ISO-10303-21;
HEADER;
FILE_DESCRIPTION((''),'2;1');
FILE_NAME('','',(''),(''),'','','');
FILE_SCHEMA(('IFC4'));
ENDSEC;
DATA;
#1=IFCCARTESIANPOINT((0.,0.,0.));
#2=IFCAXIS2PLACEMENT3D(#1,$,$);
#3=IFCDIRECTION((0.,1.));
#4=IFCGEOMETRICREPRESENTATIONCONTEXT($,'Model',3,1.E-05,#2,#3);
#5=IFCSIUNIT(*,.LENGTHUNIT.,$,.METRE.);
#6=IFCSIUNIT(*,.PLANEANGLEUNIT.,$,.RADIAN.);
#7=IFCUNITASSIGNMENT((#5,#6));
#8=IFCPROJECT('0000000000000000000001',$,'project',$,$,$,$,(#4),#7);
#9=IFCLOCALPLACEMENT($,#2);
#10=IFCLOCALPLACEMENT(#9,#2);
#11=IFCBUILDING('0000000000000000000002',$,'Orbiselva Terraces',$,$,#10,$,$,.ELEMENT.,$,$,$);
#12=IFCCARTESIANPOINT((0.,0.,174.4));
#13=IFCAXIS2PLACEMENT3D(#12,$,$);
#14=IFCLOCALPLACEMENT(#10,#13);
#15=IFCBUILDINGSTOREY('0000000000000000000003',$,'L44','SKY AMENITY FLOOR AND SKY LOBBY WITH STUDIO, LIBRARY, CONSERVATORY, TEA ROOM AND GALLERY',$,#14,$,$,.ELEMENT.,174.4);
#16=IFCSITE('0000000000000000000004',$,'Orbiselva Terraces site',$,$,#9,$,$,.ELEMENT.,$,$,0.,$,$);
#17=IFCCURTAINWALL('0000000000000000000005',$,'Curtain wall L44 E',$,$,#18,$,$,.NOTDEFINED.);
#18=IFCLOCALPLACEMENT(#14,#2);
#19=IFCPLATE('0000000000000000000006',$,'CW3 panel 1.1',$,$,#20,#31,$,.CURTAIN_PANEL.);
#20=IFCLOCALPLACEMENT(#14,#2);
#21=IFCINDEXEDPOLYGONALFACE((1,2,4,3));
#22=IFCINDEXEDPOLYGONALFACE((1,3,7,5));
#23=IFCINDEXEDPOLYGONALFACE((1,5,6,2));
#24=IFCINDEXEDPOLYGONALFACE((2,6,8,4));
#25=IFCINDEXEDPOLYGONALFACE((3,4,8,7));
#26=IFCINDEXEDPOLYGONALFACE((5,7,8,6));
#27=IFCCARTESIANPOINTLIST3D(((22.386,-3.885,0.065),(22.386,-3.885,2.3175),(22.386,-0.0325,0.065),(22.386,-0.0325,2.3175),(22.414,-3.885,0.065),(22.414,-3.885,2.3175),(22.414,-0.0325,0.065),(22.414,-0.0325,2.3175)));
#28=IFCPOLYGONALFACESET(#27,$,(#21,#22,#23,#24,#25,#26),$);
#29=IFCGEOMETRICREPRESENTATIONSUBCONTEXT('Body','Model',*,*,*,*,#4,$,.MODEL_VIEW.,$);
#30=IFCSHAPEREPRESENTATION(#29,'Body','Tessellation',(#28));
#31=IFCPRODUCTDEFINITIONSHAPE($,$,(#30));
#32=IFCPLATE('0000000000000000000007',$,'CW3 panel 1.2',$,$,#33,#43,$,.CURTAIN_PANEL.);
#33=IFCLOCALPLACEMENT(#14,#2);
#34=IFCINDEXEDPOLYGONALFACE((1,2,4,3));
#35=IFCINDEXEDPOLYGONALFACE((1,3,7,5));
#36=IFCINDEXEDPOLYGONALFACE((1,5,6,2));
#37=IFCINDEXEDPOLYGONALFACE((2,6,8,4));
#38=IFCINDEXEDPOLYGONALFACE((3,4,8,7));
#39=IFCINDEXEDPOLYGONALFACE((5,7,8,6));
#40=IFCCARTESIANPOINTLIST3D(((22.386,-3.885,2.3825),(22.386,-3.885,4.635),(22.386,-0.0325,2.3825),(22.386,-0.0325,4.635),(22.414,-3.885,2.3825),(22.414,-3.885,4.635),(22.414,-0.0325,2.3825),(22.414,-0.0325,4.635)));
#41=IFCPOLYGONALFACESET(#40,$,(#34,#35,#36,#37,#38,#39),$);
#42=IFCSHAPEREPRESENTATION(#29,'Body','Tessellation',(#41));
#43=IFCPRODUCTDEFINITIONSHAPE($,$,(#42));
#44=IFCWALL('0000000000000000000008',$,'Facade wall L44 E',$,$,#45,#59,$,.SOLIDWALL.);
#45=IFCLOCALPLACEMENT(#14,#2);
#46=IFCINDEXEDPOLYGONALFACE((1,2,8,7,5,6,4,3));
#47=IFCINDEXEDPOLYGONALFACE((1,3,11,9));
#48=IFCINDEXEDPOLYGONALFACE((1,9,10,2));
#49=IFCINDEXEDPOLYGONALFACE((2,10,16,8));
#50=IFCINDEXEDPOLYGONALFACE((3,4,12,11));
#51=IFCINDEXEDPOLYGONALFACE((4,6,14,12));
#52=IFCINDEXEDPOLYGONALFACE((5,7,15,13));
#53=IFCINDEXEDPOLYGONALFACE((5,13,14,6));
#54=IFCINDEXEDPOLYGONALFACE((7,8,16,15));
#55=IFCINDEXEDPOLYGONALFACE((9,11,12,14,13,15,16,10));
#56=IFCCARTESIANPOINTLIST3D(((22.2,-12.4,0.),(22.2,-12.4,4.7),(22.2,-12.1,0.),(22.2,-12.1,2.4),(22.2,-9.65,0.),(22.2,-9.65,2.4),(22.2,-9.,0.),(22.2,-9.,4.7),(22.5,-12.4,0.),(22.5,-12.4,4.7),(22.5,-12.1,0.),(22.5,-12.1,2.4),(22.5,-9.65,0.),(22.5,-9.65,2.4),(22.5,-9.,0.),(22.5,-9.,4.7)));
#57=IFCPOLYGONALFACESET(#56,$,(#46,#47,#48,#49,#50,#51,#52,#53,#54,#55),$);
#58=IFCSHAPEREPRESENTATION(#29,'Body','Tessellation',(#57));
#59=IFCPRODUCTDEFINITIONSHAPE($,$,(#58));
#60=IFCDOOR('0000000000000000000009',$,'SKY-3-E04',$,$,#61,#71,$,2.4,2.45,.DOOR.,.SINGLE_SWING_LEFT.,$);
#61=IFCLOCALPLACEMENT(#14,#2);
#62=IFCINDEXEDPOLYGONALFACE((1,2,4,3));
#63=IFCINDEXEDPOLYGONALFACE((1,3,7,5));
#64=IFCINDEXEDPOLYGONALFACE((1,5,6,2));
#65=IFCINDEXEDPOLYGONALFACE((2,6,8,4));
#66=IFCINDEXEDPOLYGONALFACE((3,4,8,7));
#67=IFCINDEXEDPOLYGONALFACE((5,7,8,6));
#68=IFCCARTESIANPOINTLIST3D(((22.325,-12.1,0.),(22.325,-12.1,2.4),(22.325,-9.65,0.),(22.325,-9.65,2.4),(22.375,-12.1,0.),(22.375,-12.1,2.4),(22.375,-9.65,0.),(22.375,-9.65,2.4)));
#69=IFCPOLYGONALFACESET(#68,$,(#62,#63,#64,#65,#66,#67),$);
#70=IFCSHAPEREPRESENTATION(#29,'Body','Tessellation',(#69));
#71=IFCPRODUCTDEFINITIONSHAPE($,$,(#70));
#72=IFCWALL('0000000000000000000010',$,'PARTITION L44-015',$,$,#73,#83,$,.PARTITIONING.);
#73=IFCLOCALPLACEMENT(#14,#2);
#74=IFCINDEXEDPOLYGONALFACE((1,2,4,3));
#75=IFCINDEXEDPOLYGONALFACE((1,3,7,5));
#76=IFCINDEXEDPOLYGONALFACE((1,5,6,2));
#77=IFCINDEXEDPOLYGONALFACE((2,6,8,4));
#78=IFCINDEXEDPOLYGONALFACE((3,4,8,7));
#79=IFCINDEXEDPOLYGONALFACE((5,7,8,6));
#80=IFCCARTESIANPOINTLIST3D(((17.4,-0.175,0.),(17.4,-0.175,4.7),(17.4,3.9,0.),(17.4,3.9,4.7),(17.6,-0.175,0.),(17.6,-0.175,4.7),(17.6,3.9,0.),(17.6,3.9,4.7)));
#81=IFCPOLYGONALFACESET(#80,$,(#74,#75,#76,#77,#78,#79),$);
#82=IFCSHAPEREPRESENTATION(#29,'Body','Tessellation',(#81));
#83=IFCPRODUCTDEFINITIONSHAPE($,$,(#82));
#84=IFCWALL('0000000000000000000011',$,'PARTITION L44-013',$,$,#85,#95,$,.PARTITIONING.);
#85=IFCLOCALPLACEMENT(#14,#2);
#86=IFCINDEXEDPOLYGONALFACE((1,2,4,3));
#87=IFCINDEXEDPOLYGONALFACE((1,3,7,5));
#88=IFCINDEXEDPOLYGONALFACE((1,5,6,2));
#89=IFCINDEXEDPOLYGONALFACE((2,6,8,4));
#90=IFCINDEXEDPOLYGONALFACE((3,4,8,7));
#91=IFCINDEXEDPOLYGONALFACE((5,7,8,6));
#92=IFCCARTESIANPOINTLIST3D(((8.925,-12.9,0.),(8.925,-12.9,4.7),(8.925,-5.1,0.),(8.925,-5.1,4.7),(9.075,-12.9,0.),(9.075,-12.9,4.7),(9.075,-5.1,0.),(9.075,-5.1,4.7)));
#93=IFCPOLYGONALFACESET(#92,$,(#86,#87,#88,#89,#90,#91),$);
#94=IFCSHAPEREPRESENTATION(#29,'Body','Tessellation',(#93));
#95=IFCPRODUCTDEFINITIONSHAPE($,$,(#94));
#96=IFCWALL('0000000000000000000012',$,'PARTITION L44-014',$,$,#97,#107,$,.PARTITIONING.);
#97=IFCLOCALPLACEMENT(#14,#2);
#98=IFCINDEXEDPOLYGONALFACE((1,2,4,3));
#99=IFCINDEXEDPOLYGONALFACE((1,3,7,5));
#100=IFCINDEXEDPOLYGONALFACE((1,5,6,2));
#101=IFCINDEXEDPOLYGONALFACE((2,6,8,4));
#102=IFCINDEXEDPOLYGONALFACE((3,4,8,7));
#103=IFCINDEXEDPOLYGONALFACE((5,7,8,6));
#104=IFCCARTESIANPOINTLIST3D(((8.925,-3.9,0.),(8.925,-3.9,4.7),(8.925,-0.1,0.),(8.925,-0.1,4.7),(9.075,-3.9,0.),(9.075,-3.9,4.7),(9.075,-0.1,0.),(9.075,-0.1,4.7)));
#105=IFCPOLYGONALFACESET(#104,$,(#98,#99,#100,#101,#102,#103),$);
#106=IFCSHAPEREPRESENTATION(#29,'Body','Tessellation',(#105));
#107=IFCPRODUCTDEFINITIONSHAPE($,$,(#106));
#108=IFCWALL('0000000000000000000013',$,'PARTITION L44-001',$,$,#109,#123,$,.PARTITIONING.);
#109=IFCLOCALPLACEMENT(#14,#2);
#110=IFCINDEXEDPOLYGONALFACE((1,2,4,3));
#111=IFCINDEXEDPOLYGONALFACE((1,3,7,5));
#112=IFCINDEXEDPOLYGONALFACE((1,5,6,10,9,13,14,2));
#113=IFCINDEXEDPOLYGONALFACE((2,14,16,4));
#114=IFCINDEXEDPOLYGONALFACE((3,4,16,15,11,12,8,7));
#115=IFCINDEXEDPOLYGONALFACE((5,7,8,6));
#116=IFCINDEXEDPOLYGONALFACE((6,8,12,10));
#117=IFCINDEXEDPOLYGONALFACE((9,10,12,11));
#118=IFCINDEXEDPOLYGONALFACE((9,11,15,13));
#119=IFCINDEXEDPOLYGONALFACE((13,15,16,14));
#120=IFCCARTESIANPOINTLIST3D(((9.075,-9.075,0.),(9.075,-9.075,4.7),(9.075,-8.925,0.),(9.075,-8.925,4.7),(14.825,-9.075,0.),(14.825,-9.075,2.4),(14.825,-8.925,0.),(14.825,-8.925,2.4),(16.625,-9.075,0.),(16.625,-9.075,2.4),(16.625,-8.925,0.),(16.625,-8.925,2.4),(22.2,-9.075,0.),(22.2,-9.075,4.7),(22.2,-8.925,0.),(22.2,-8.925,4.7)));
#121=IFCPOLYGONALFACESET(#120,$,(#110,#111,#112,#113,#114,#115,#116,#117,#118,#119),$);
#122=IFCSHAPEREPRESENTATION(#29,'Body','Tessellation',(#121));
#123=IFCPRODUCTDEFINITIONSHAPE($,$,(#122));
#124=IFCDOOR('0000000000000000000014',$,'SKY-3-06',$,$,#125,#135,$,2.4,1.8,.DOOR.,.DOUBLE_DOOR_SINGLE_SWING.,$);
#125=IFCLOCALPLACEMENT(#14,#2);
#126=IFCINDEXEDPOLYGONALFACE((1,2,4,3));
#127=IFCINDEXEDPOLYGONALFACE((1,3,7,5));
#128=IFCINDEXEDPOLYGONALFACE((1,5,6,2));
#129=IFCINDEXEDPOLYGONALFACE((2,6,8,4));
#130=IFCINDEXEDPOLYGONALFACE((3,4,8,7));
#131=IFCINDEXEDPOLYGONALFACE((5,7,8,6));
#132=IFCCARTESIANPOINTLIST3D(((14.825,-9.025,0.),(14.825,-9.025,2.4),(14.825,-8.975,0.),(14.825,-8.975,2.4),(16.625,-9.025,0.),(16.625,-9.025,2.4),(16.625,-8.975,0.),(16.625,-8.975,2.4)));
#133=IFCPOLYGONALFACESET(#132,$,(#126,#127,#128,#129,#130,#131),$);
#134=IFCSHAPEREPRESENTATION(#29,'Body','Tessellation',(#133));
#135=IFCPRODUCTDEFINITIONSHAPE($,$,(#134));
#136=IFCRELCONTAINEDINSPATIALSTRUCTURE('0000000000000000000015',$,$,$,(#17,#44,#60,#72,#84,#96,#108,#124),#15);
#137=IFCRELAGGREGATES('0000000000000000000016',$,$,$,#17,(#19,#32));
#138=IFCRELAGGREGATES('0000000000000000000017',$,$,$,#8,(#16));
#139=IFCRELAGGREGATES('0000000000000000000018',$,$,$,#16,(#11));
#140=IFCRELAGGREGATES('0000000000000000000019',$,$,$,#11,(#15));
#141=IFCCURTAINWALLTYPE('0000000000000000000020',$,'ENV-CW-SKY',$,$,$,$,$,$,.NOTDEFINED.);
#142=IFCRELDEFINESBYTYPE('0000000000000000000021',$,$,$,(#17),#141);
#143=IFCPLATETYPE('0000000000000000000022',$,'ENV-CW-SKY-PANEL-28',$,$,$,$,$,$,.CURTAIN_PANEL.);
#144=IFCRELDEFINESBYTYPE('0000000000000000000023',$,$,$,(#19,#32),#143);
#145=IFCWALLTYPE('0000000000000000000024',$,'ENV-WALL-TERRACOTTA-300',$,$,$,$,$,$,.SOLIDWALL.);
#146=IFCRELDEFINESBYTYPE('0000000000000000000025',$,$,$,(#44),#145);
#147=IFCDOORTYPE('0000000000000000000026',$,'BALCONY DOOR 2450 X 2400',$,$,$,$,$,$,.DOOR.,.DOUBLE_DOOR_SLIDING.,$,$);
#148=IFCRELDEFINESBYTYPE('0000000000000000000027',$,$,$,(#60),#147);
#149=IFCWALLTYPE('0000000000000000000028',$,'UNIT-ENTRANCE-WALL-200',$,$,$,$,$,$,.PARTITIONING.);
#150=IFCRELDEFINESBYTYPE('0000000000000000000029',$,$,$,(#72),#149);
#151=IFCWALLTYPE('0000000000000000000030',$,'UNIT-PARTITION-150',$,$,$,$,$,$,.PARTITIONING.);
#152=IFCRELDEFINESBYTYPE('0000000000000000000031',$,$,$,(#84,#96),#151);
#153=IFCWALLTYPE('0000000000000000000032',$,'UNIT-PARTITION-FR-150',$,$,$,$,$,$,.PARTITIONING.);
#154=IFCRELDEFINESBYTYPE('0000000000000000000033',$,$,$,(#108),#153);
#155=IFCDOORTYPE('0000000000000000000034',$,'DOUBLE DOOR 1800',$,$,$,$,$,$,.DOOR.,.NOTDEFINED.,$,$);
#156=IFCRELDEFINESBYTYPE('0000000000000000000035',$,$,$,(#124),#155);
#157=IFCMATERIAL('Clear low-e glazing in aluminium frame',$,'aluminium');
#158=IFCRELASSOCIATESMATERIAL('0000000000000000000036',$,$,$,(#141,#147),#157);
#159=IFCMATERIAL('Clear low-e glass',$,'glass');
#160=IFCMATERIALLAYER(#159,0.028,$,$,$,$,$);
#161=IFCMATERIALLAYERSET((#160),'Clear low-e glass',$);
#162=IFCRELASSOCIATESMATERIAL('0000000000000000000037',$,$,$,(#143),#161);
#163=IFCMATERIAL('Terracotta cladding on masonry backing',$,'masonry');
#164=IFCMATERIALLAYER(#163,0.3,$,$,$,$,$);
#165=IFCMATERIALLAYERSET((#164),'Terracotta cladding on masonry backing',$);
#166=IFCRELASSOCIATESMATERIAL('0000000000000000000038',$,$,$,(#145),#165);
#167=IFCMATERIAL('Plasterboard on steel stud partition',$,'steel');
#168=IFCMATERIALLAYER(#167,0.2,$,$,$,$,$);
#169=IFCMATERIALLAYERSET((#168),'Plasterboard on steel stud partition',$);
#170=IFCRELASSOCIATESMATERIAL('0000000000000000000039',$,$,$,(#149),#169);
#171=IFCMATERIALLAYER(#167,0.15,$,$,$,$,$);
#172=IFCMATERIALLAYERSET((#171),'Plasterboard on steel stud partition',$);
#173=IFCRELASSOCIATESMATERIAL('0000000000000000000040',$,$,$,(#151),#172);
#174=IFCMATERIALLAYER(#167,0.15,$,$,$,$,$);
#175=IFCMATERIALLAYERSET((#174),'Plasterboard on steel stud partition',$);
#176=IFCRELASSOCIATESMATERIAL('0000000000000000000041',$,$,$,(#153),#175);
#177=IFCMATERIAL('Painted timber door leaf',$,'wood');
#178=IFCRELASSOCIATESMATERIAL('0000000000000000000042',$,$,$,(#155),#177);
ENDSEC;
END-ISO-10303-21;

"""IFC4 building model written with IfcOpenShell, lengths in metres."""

from ifc_helpers import new_model, si_unit, direction, frame, frame_2d, origin, origin_2d, place, context, subcontext, project, spatial, rectangle, extrude, material, layer, layer_set, type_object, element, fill, aggregate, save


model = new_model("IFC4")

# Units and contexts
model_context = context("Model", 3, precision=1e-05, world=origin(), true_north=direction((0.0, 1.0)))
body_context = subcontext(model_context, "Body", "Model", "MODEL_VIEW")
ifc_project = project(units=[si_unit("LENGTHUNIT", "METRE"), si_unit("PLANEANGLEUNIT", "RADIAN")], contexts=[model_context])

# Site, building, storey
site_placement = place(None, origin())
site = spatial("IfcSite", under=ifc_project, at=site_placement, Name="Orbiselva Terraces site", CompositionType="ELEMENT", RefElevation=0.0)
building_placement = place(site_placement, origin())
building = spatial("IfcBuilding", under=site, at=building_placement, Name="Orbiselva Terraces", CompositionType="ELEMENT")
storey_placement = place(building_placement, frame((0.0, 0.0, 174.4)))
storey = spatial("IfcBuildingStorey", under=building, at=storey_placement, Name="L44", Description="SKY AMENITY FLOOR AND SKY LOBBY WITH STUDIO, LIBRARY, CONSERVATORY, TEA ROOM AND GALLERY", CompositionType="ELEMENT", Elevation=174.4)

# Shared definitions
ifc_material_1 = material(Name="Clear low-e glazing in aluminium frame", Category="aluminium")
curtain_wall_type = type_object("IfcCurtainWallType", Name="ENV-CW-SKY", PredefinedType="NOTDEFINED", material=ifc_material_1)

# Curtain wall
curtain_wall_1_placement = place(storey_placement, origin())
curtain_wall_1 = element("IfcCurtainWall", 1, at=curtain_wall_1_placement, inside=storey, type_object=curtain_wall_type, Name="Curtain wall L44 E", PredefinedType="NOTDEFINED")

# Plates
ifc_material_2 = material(Name="Clear low-e glass", Category="glass")
ifc_layer_1 = layer(ifc_material_2, 0.028)
ifc_layer_set_1 = layer_set([ifc_layer_1], Name="Clear low-e glass")
plate_type = type_object("IfcPlateType", Name="ENV-CW-SKY-PANEL-28", PredefinedType="CURTAIN_PANEL", material=ifc_layer_set_1)
plate_1_placement = place(storey_placement, frame((22.4, -1.9587, 0.065), z_axis=(0.0, 0.0, 1.0), x_axis=(0.0, 1.0, 0.0)))
plate_1 = element("IfcPlate", 2, at=plate_1_placement, type_object=plate_type, Name="CW3 panel 1.1", PredefinedType="CURTAIN_PANEL", context=body_context, shape_type="SweptSolid", body=[
    extrude(rectangle(XDim=3.8525, YDim=0.028, at=origin_2d()), origin(), (0.0, 0.0, 1.0), 2.2525),
])
plate_2_placement = place(storey_placement, frame((22.4, -1.9587, 2.3825), z_axis=(0.0, 0.0, 1.0), x_axis=(0.0, 1.0, 0.0)))
plate_2 = element("IfcPlate", 3, at=plate_2_placement, type_object=plate_type, Name="CW3 panel 1.2", PredefinedType="CURTAIN_PANEL", context=body_context, shape_type="SweptSolid", body=[
    extrude(rectangle(XDim=3.8525, YDim=0.028, at=origin_2d()), origin(), (0.0, 0.0, 1.0), 2.2525),
])
aggregate(curtain_wall_1, [plate_1, plate_2])

# Wall, opening, door
ifc_material_3 = material(Name="Terracotta cladding on masonry backing", Category="masonry")
ifc_layer_2 = layer(ifc_material_3, 0.3)
ifc_layer_set_2 = layer_set([ifc_layer_2], Name="Terracotta cladding on masonry backing")
wall_type_1 = type_object("IfcWallType", Name="ENV-WALL-TERRACOTTA-300", PredefinedType="SOLIDWALL", material=ifc_layer_set_2)
wall_1_placement = place(storey_placement, frame((22.35, -9.0, 0.0), z_axis=(0.0, 0.0, 1.0), x_axis=(0.0, -1.0, 0.0)))
wall_1 = element("IfcWall", 4, at=wall_1_placement, inside=storey, type_object=wall_type_1, Name="Facade wall L44 E", PredefinedType="SOLIDWALL", context=body_context, shape_type="SweptSolid", body=[
    extrude(rectangle(XDim=3.4, YDim=0.3, at=frame_2d((1.7, 0.0))), origin(), (0.0, 0.0, 1.0), 4.7),
])
opening_1_placement = place(wall_1_placement, frame((0.65, 0.0, 0.0)))
opening_1 = element("IfcOpeningElement", 5, at=opening_1_placement, cuts=wall_1, PredefinedType="OPENING", context=body_context, shape_type="SweptSolid", body=[
    extrude(rectangle(XDim=2.45, YDim=2.4, at=frame_2d((1.225, 1.2))), frame((0.0, 0.16, 0.0), z_axis=(0.0, -1.0, 0.0), x_axis=(1.0, 0.0, 0.0)), (0.0, 0.0, 1.0), 0.32),
])
door_type_1 = type_object("IfcDoorType", Name="BALCONY DOOR 2450 X 2400", OperationType="DOUBLE_DOOR_SLIDING", PredefinedType="DOOR", material=ifc_material_1)
door_1_placement = place(opening_1_placement, origin())
door_1 = element("IfcDoor", 6, at=door_1_placement, inside=storey, type_object=door_type_1, Name="SKY-3-E04", OperationType="SINGLE_SWING_LEFT", OverallHeight=2.4, OverallWidth=2.45, PredefinedType="DOOR", context=body_context, shape_type="SweptSolid", body=[
    extrude(rectangle(XDim=2.45, YDim=2.4, at=frame_2d((1.225, 1.2))), frame((0.0, 0.025, 0.0), z_axis=(0.0, -1.0, 0.0), x_axis=(1.0, 0.0, 0.0)), (0.0, 0.0, 1.0), 0.05),
])
fill(opening_1, door_1)

# Walls
ifc_material_4 = material(Name="Plasterboard on steel stud partition", Category="steel")
ifc_layer_3 = layer(ifc_material_4, 0.2)
ifc_layer_set_3 = layer_set([ifc_layer_3], Name="Plasterboard on steel stud partition")
wall_type_2 = type_object("IfcWallType", Name="UNIT-ENTRANCE-WALL-200", PredefinedType="PARTITIONING", material=ifc_layer_set_3)
wall_2_placement = place(storey_placement, frame((17.5, -0.175, 0.0), z_axis=(0.0, 0.0, 1.0), x_axis=(0.0, 1.0, 0.0)))
element("IfcWall", 7, at=wall_2_placement, inside=storey, type_object=wall_type_2, Name="PARTITION L44-015", PredefinedType="PARTITIONING", context=body_context, shape_type="SweptSolid", body=[
    extrude(rectangle(XDim=4.075, YDim=0.2, at=frame_2d((2.0375, 0.0))), origin(), (0.0, 0.0, 1.0), 4.7),
])
ifc_layer_4 = layer(ifc_material_4, 0.15)
ifc_layer_set_4 = layer_set([ifc_layer_4], Name="Plasterboard on steel stud partition")
wall_type_3 = type_object("IfcWallType", Name="UNIT-PARTITION-150", PredefinedType="PARTITIONING", material=ifc_layer_set_4)
wall_3_placement = place(storey_placement, frame((9.0, -12.9, 0.0), z_axis=(0.0, 0.0, 1.0), x_axis=(0.0, 1.0, 0.0)))
element("IfcWall", 8, at=wall_3_placement, inside=storey, type_object=wall_type_3, Name="PARTITION L44-013", PredefinedType="PARTITIONING", context=body_context, shape_type="SweptSolid", body=[
    extrude(rectangle(XDim=7.8, YDim=0.15, at=frame_2d((3.9, 0.0))), origin(), (0.0, 0.0, 1.0), 4.7),
])
wall_4_placement = place(storey_placement, frame((9.0, -3.9, 0.0), z_axis=(0.0, 0.0, 1.0), x_axis=(0.0, 1.0, 0.0)))
element("IfcWall", 9, at=wall_4_placement, inside=storey, type_object=wall_type_3, Name="PARTITION L44-014", PredefinedType="PARTITIONING", context=body_context, shape_type="SweptSolid", body=[
    extrude(rectangle(XDim=3.8, YDim=0.15, at=frame_2d((1.9, 0.0))), origin(), (0.0, 0.0, 1.0), 4.7),
])

# Wall, opening, door
ifc_layer_5 = layer(ifc_material_4, 0.15)
ifc_layer_set_5 = layer_set([ifc_layer_5], Name="Plasterboard on steel stud partition")
wall_type_4 = type_object("IfcWallType", Name="UNIT-PARTITION-FR-150", PredefinedType="PARTITIONING", material=ifc_layer_set_5)
wall_5_placement = place(storey_placement, frame((9.075, -9.0, 0.0), z_axis=(0.0, 0.0, 1.0), x_axis=(1.0, 0.0, 0.0)))
wall_5 = element("IfcWall", 10, at=wall_5_placement, inside=storey, type_object=wall_type_4, Name="PARTITION L44-001", PredefinedType="PARTITIONING", context=body_context, shape_type="SweptSolid", body=[
    extrude(rectangle(XDim=13.125, YDim=0.15, at=frame_2d((6.5625, 0.0))), origin(), (0.0, 0.0, 1.0), 4.7),
])
opening_2_placement = place(wall_5_placement, frame((5.75, 0.0, 0.0)))
opening_2 = element("IfcOpeningElement", 11, at=opening_2_placement, cuts=wall_5, PredefinedType="OPENING", context=body_context, shape_type="SweptSolid", body=[
    extrude(rectangle(XDim=1.8, YDim=2.4, at=frame_2d((0.9, 1.2))), frame((0.0, 0.085, 0.0), z_axis=(0.0, -1.0, 0.0), x_axis=(1.0, 0.0, 0.0)), (0.0, 0.0, 1.0), 0.17),
])
ifc_material_5 = material(Name="Painted timber door leaf", Category="wood")
door_type_2 = type_object("IfcDoorType", Name="DOUBLE DOOR 1800", OperationType="NOTDEFINED", PredefinedType="DOOR", material=ifc_material_5)
door_2_placement = place(opening_2_placement, origin())
door_2 = element("IfcDoor", 12, at=door_2_placement, inside=storey, type_object=door_type_2, Name="SKY-3-06", OperationType="DOUBLE_DOOR_SINGLE_SWING", OverallHeight=2.4, OverallWidth=1.8, PredefinedType="DOOR", context=body_context, shape_type="SweptSolid", body=[
    extrude(rectangle(XDim=1.8, YDim=2.4, at=frame_2d((0.9, 1.2))), frame((0.0, 0.025, 0.0), z_axis=(0.0, -1.0, 0.0), x_axis=(1.0, 0.0, 0.0)), (0.0, 0.0, 1.0), 0.05),
])
fill(opening_2, door_2)

save(model, "model.ifc")
